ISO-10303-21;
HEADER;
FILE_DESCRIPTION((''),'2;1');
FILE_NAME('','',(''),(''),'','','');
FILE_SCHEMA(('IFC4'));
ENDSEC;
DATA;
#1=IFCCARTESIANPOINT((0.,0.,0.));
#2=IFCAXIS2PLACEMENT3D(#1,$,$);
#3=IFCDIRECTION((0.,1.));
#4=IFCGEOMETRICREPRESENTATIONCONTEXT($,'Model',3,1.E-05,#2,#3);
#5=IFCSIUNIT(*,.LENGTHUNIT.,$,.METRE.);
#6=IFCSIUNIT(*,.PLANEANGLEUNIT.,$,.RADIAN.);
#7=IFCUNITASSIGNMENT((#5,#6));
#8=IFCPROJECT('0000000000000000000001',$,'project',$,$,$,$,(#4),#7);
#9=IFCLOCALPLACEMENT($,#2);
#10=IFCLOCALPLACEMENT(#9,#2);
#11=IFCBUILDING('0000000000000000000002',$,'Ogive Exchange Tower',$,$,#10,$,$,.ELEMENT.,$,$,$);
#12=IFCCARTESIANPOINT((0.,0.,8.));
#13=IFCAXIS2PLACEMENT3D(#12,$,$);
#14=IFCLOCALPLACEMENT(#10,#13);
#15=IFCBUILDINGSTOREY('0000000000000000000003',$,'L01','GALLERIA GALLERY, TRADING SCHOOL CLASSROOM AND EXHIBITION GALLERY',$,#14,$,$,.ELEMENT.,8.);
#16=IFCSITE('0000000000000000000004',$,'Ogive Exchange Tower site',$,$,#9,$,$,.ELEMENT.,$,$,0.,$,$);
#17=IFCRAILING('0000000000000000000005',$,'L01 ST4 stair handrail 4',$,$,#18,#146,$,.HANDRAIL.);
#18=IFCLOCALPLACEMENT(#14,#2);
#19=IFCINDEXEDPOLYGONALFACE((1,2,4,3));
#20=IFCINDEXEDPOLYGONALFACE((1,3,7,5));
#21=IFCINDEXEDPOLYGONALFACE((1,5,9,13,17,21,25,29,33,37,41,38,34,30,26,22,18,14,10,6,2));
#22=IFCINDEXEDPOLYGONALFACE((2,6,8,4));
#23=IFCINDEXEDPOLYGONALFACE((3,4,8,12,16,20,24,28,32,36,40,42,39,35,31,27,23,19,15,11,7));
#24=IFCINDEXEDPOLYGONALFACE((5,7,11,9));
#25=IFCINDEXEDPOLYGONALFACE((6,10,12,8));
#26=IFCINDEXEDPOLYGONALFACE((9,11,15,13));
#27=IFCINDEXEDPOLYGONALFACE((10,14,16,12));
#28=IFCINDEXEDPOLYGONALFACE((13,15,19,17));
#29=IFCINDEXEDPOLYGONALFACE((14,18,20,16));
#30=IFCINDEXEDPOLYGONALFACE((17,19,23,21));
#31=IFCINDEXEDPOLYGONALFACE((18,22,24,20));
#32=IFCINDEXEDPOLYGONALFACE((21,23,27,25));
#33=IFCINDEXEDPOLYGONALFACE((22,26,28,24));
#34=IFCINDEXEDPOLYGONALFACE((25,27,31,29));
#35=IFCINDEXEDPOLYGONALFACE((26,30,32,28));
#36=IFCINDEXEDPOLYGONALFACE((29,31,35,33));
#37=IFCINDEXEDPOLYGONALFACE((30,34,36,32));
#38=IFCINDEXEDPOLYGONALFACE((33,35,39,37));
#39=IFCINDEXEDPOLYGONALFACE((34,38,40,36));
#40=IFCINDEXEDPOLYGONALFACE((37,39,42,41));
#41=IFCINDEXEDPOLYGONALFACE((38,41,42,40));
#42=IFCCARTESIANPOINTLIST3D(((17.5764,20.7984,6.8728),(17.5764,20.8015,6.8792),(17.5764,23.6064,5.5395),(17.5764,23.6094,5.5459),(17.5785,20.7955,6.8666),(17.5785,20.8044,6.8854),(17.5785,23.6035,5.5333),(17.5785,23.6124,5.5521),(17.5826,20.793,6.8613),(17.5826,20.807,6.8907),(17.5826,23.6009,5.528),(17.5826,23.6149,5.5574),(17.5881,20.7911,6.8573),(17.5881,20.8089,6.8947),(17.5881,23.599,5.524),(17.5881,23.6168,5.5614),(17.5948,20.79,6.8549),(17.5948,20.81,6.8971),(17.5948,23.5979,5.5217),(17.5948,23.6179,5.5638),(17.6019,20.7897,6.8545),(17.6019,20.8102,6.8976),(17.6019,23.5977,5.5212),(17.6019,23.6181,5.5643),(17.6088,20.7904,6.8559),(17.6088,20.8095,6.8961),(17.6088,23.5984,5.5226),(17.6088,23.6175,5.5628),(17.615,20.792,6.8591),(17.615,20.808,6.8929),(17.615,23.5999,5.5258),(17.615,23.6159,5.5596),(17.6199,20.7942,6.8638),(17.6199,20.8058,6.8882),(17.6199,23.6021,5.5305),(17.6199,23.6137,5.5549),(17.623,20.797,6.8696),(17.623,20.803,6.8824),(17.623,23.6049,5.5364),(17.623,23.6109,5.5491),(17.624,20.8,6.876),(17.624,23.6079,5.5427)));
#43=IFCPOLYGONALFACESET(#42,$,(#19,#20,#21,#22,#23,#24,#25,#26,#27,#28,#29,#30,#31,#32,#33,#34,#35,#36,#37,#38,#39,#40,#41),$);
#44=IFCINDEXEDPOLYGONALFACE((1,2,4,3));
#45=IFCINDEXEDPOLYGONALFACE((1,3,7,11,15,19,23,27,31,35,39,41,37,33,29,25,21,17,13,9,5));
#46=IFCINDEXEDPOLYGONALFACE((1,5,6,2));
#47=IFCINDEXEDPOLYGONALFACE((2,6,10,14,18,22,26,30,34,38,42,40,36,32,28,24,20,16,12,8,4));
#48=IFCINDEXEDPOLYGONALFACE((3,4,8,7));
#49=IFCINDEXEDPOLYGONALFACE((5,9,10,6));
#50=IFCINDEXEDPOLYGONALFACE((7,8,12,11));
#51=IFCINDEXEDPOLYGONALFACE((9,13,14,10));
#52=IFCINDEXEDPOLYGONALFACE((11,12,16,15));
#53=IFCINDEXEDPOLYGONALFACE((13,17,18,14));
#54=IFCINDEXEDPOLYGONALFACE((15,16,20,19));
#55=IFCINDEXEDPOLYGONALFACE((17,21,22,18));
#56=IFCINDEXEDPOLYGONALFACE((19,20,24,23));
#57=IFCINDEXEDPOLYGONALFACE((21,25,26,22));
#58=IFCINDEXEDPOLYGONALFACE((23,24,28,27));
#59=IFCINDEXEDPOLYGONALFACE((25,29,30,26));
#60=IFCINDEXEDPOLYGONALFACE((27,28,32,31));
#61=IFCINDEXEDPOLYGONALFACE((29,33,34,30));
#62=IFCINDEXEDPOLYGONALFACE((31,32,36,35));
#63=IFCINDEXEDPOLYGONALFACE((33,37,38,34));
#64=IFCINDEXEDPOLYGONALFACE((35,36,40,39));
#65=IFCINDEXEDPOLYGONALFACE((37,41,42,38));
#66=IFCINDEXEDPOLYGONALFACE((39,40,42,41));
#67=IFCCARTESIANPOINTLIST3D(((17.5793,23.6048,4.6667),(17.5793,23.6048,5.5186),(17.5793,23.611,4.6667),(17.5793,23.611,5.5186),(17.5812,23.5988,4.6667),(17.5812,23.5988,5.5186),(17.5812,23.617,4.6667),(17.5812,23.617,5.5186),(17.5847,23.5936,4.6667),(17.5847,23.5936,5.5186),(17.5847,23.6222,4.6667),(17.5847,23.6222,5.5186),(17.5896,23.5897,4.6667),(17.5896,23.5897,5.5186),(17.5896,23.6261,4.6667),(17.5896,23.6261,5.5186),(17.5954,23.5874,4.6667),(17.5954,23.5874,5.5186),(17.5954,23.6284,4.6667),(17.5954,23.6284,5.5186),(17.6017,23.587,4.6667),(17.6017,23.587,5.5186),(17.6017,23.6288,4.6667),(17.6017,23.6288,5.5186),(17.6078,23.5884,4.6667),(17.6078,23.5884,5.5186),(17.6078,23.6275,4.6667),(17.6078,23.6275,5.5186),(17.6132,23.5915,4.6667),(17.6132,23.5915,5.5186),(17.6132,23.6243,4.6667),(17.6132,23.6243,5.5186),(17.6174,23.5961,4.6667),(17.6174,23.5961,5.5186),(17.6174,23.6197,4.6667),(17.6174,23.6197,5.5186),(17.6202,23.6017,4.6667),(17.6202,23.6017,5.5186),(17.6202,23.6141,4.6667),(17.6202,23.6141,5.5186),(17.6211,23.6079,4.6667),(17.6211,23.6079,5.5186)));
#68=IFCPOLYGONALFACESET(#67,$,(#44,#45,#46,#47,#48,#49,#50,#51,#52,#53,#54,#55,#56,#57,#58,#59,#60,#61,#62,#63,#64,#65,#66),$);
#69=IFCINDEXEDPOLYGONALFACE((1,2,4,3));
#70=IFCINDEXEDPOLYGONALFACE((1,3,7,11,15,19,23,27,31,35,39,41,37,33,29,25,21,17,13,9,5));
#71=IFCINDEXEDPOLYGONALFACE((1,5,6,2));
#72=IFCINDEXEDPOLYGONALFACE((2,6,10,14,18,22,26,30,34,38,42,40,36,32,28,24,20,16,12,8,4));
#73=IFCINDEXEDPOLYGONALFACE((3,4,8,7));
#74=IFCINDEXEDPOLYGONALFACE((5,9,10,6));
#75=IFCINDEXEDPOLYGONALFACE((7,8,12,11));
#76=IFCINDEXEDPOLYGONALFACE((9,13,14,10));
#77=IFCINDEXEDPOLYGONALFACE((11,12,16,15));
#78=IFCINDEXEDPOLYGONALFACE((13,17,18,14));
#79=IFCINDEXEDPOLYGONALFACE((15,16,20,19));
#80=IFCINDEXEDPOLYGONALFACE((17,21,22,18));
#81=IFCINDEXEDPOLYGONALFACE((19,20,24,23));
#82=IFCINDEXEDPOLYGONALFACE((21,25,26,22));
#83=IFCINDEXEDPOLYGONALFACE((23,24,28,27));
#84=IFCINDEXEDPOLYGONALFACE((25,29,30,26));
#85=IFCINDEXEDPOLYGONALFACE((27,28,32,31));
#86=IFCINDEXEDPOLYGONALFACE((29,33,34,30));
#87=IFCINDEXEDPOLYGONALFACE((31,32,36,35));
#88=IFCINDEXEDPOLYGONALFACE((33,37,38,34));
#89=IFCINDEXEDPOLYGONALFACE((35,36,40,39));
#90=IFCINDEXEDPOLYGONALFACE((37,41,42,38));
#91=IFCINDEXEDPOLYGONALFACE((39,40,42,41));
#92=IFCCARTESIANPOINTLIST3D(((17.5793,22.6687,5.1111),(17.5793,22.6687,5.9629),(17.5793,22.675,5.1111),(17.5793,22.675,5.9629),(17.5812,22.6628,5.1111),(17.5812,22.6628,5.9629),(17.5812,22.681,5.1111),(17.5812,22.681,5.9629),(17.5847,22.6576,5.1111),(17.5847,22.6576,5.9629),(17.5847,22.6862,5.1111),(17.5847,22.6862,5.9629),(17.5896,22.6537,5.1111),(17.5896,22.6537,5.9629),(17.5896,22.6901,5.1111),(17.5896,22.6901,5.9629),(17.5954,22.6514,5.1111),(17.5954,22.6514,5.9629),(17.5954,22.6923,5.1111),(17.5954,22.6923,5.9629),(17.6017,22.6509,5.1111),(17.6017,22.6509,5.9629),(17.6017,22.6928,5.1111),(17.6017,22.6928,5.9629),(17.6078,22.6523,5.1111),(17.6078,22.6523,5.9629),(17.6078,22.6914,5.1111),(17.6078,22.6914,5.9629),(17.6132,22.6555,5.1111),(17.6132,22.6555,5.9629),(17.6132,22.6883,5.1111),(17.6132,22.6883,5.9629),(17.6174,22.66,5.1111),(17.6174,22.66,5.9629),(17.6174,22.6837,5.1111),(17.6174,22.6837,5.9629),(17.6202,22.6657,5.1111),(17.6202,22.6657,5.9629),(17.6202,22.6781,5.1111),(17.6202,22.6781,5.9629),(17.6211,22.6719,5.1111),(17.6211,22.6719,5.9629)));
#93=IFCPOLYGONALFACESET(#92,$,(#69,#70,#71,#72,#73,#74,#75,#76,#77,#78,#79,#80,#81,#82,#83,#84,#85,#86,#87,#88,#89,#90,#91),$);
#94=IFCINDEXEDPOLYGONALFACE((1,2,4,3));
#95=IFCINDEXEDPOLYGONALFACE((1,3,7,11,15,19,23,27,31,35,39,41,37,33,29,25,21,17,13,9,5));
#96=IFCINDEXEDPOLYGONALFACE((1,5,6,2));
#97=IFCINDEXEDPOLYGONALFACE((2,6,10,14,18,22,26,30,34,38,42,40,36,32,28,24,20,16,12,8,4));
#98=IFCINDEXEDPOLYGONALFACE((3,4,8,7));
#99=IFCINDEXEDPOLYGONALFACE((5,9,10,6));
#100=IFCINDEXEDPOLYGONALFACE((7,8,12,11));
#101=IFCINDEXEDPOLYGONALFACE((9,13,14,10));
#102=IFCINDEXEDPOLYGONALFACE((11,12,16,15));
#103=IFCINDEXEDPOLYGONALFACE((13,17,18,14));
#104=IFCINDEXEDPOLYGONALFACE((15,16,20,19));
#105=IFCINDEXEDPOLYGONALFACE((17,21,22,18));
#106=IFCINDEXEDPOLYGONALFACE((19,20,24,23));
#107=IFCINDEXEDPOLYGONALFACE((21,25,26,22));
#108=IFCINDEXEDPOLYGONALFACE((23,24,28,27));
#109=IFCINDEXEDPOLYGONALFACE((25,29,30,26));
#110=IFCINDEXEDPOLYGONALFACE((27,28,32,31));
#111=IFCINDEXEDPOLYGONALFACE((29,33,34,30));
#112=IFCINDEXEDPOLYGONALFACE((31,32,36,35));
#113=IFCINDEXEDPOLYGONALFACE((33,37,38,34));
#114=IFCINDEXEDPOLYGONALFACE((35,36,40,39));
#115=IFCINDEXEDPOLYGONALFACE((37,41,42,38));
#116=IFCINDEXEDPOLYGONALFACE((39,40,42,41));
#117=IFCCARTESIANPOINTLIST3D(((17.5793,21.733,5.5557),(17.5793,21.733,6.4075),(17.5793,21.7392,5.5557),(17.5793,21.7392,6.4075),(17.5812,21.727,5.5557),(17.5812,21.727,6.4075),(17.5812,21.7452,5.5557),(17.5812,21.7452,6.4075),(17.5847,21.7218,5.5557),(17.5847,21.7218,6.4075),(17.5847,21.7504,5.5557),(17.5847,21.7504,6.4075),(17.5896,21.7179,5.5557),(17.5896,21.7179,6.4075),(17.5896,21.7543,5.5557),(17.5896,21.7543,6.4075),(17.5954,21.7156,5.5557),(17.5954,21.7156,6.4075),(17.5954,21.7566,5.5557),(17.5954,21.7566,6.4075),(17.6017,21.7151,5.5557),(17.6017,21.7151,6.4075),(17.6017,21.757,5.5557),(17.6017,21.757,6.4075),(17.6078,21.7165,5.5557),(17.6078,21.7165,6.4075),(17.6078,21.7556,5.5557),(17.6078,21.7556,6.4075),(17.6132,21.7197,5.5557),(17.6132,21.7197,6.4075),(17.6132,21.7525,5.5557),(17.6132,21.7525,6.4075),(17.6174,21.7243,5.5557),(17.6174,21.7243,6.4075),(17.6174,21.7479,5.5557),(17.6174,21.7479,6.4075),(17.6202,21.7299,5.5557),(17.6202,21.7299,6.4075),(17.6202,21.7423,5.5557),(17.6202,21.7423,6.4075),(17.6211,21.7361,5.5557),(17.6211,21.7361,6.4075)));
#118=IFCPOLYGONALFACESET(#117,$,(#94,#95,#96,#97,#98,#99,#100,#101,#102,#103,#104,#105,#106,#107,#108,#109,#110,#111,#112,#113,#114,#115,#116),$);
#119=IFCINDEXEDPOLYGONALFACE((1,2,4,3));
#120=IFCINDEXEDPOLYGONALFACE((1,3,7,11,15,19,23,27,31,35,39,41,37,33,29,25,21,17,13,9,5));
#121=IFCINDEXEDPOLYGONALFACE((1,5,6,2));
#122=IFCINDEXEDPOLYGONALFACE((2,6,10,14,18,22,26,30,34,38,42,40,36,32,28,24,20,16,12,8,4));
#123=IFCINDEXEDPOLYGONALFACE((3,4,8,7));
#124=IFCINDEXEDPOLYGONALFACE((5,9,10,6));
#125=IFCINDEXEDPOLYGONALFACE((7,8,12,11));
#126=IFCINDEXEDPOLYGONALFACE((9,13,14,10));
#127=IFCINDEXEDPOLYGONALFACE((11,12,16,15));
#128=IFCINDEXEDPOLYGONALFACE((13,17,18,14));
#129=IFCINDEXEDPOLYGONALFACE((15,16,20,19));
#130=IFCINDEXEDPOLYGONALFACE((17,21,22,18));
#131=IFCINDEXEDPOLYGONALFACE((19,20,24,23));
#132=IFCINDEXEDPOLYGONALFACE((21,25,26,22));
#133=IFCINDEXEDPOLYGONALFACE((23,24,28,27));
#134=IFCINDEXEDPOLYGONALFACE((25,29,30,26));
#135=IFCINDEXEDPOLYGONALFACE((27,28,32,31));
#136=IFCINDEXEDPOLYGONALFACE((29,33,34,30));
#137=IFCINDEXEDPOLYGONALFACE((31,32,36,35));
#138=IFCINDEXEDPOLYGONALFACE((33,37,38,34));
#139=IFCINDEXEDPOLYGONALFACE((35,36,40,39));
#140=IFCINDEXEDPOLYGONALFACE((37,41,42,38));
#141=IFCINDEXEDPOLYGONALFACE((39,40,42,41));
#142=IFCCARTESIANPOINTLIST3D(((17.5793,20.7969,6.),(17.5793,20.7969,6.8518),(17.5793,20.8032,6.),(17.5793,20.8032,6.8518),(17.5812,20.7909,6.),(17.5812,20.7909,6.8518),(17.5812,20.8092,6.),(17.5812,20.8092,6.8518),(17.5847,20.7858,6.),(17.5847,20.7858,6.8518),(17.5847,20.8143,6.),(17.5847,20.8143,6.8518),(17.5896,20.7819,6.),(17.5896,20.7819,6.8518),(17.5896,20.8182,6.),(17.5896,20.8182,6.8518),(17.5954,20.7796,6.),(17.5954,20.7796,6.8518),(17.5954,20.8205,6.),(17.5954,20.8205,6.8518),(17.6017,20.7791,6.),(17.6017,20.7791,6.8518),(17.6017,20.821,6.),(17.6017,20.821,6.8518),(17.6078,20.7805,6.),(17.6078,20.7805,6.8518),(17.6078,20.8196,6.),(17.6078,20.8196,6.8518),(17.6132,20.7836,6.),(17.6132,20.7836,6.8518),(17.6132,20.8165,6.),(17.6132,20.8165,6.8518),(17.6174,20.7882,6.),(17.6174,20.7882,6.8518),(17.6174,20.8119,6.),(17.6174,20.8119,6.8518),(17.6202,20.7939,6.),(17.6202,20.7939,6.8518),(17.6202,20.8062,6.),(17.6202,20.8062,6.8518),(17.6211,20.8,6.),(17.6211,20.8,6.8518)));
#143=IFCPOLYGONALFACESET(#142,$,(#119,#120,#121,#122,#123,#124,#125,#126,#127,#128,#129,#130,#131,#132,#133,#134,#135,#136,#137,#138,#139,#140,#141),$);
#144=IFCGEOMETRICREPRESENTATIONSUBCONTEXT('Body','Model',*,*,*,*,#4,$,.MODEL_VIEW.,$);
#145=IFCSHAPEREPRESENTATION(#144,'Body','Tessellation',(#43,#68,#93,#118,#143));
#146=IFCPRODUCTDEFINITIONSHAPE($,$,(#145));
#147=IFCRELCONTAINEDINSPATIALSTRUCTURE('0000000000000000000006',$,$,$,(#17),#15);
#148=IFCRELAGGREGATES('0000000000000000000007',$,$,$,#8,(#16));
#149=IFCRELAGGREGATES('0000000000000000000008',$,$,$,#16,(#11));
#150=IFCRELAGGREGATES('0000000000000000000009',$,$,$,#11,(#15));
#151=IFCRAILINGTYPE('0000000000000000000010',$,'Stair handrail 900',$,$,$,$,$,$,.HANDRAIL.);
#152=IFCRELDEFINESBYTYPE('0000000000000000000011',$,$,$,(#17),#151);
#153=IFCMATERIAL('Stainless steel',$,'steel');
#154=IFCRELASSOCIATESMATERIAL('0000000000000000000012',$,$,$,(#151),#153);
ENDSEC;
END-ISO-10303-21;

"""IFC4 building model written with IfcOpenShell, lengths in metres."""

from ifc_helpers import new_model, si_unit, direction, frame, origin, origin_2d, place, context, subcontext, project, spatial, circle, extrude, material, type_object, element, save


model = new_model("IFC4")

# Units and contexts
model_context = context("Model", 3, precision=1e-05, world=origin(), true_north=direction((0.0, 1.0)))
body_context = subcontext(model_context, "Body", "Model", "MODEL_VIEW")
ifc_project = project(units=[si_unit("LENGTHUNIT", "METRE"), si_unit("PLANEANGLEUNIT", "RADIAN")], contexts=[model_context])

# Site, building, storey
site_placement = place(None, origin())
site = spatial("IfcSite", under=ifc_project, at=site_placement, Name="Ogive Exchange Tower site", CompositionType="ELEMENT", RefElevation=0.0)
building_placement = place(site_placement, origin())
building = spatial("IfcBuilding", under=site, at=building_placement, Name="Ogive Exchange Tower", CompositionType="ELEMENT")
storey_placement = place(building_placement, frame((0.0, 0.0, 8.0)))
storey = spatial("IfcBuildingStorey", under=building, at=storey_placement, Name="L01", Description="GALLERIA GALLERY, TRADING SCHOOL CLASSROOM AND EXHIBITION GALLERY", CompositionType="ELEMENT", Elevation=8.0)

# Railing
ifc_material_1 = material(Name="Stainless steel", Category="steel")
railing_type = type_object("IfcRailingType", Name="Stair handrail 900", PredefinedType="HANDRAIL", material=ifc_material_1)
railing_1_placement = place(storey_placement, frame((17.6001, 23.6079, 4.6667)))
element("IfcRailing", 1, at=railing_1_placement, inside=storey, type_object=railing_type, Name="L01 ST4 stair handrail 4", PredefinedType="HANDRAIL", context=body_context, shape_type="SweptSolid", body=[
    extrude(circle(Radius=0.0239, at=origin_2d()), frame((0.0, 0.0, 0.876), z_axis=(0.0, -0.903338, 0.42893), x_axis=(1.0, 0.0, 0.0)), (0.0, 0.0, 1.0), 3.1084),
    extrude(circle(Radius=0.021, at=origin_2d()), origin(), (0.0, 0.0, 1.0), 0.8518),
    extrude(circle(Radius=0.021, at=origin_2d()), frame((0.0, -0.936, 0.4443)), (0.0, 0.0, 1.0), 0.8518),
    extrude(circle(Radius=0.021, at=origin_2d()), frame((0.0, -1.8718, 0.8889)), (0.0, 0.0, 1.0), 0.8518),
    extrude(circle(Radius=0.021, at=origin_2d()), frame((0.0, -2.8079, 1.3333)), (0.0, 0.0, 1.0), 0.8518),
])

save(model, "model.ifc")
